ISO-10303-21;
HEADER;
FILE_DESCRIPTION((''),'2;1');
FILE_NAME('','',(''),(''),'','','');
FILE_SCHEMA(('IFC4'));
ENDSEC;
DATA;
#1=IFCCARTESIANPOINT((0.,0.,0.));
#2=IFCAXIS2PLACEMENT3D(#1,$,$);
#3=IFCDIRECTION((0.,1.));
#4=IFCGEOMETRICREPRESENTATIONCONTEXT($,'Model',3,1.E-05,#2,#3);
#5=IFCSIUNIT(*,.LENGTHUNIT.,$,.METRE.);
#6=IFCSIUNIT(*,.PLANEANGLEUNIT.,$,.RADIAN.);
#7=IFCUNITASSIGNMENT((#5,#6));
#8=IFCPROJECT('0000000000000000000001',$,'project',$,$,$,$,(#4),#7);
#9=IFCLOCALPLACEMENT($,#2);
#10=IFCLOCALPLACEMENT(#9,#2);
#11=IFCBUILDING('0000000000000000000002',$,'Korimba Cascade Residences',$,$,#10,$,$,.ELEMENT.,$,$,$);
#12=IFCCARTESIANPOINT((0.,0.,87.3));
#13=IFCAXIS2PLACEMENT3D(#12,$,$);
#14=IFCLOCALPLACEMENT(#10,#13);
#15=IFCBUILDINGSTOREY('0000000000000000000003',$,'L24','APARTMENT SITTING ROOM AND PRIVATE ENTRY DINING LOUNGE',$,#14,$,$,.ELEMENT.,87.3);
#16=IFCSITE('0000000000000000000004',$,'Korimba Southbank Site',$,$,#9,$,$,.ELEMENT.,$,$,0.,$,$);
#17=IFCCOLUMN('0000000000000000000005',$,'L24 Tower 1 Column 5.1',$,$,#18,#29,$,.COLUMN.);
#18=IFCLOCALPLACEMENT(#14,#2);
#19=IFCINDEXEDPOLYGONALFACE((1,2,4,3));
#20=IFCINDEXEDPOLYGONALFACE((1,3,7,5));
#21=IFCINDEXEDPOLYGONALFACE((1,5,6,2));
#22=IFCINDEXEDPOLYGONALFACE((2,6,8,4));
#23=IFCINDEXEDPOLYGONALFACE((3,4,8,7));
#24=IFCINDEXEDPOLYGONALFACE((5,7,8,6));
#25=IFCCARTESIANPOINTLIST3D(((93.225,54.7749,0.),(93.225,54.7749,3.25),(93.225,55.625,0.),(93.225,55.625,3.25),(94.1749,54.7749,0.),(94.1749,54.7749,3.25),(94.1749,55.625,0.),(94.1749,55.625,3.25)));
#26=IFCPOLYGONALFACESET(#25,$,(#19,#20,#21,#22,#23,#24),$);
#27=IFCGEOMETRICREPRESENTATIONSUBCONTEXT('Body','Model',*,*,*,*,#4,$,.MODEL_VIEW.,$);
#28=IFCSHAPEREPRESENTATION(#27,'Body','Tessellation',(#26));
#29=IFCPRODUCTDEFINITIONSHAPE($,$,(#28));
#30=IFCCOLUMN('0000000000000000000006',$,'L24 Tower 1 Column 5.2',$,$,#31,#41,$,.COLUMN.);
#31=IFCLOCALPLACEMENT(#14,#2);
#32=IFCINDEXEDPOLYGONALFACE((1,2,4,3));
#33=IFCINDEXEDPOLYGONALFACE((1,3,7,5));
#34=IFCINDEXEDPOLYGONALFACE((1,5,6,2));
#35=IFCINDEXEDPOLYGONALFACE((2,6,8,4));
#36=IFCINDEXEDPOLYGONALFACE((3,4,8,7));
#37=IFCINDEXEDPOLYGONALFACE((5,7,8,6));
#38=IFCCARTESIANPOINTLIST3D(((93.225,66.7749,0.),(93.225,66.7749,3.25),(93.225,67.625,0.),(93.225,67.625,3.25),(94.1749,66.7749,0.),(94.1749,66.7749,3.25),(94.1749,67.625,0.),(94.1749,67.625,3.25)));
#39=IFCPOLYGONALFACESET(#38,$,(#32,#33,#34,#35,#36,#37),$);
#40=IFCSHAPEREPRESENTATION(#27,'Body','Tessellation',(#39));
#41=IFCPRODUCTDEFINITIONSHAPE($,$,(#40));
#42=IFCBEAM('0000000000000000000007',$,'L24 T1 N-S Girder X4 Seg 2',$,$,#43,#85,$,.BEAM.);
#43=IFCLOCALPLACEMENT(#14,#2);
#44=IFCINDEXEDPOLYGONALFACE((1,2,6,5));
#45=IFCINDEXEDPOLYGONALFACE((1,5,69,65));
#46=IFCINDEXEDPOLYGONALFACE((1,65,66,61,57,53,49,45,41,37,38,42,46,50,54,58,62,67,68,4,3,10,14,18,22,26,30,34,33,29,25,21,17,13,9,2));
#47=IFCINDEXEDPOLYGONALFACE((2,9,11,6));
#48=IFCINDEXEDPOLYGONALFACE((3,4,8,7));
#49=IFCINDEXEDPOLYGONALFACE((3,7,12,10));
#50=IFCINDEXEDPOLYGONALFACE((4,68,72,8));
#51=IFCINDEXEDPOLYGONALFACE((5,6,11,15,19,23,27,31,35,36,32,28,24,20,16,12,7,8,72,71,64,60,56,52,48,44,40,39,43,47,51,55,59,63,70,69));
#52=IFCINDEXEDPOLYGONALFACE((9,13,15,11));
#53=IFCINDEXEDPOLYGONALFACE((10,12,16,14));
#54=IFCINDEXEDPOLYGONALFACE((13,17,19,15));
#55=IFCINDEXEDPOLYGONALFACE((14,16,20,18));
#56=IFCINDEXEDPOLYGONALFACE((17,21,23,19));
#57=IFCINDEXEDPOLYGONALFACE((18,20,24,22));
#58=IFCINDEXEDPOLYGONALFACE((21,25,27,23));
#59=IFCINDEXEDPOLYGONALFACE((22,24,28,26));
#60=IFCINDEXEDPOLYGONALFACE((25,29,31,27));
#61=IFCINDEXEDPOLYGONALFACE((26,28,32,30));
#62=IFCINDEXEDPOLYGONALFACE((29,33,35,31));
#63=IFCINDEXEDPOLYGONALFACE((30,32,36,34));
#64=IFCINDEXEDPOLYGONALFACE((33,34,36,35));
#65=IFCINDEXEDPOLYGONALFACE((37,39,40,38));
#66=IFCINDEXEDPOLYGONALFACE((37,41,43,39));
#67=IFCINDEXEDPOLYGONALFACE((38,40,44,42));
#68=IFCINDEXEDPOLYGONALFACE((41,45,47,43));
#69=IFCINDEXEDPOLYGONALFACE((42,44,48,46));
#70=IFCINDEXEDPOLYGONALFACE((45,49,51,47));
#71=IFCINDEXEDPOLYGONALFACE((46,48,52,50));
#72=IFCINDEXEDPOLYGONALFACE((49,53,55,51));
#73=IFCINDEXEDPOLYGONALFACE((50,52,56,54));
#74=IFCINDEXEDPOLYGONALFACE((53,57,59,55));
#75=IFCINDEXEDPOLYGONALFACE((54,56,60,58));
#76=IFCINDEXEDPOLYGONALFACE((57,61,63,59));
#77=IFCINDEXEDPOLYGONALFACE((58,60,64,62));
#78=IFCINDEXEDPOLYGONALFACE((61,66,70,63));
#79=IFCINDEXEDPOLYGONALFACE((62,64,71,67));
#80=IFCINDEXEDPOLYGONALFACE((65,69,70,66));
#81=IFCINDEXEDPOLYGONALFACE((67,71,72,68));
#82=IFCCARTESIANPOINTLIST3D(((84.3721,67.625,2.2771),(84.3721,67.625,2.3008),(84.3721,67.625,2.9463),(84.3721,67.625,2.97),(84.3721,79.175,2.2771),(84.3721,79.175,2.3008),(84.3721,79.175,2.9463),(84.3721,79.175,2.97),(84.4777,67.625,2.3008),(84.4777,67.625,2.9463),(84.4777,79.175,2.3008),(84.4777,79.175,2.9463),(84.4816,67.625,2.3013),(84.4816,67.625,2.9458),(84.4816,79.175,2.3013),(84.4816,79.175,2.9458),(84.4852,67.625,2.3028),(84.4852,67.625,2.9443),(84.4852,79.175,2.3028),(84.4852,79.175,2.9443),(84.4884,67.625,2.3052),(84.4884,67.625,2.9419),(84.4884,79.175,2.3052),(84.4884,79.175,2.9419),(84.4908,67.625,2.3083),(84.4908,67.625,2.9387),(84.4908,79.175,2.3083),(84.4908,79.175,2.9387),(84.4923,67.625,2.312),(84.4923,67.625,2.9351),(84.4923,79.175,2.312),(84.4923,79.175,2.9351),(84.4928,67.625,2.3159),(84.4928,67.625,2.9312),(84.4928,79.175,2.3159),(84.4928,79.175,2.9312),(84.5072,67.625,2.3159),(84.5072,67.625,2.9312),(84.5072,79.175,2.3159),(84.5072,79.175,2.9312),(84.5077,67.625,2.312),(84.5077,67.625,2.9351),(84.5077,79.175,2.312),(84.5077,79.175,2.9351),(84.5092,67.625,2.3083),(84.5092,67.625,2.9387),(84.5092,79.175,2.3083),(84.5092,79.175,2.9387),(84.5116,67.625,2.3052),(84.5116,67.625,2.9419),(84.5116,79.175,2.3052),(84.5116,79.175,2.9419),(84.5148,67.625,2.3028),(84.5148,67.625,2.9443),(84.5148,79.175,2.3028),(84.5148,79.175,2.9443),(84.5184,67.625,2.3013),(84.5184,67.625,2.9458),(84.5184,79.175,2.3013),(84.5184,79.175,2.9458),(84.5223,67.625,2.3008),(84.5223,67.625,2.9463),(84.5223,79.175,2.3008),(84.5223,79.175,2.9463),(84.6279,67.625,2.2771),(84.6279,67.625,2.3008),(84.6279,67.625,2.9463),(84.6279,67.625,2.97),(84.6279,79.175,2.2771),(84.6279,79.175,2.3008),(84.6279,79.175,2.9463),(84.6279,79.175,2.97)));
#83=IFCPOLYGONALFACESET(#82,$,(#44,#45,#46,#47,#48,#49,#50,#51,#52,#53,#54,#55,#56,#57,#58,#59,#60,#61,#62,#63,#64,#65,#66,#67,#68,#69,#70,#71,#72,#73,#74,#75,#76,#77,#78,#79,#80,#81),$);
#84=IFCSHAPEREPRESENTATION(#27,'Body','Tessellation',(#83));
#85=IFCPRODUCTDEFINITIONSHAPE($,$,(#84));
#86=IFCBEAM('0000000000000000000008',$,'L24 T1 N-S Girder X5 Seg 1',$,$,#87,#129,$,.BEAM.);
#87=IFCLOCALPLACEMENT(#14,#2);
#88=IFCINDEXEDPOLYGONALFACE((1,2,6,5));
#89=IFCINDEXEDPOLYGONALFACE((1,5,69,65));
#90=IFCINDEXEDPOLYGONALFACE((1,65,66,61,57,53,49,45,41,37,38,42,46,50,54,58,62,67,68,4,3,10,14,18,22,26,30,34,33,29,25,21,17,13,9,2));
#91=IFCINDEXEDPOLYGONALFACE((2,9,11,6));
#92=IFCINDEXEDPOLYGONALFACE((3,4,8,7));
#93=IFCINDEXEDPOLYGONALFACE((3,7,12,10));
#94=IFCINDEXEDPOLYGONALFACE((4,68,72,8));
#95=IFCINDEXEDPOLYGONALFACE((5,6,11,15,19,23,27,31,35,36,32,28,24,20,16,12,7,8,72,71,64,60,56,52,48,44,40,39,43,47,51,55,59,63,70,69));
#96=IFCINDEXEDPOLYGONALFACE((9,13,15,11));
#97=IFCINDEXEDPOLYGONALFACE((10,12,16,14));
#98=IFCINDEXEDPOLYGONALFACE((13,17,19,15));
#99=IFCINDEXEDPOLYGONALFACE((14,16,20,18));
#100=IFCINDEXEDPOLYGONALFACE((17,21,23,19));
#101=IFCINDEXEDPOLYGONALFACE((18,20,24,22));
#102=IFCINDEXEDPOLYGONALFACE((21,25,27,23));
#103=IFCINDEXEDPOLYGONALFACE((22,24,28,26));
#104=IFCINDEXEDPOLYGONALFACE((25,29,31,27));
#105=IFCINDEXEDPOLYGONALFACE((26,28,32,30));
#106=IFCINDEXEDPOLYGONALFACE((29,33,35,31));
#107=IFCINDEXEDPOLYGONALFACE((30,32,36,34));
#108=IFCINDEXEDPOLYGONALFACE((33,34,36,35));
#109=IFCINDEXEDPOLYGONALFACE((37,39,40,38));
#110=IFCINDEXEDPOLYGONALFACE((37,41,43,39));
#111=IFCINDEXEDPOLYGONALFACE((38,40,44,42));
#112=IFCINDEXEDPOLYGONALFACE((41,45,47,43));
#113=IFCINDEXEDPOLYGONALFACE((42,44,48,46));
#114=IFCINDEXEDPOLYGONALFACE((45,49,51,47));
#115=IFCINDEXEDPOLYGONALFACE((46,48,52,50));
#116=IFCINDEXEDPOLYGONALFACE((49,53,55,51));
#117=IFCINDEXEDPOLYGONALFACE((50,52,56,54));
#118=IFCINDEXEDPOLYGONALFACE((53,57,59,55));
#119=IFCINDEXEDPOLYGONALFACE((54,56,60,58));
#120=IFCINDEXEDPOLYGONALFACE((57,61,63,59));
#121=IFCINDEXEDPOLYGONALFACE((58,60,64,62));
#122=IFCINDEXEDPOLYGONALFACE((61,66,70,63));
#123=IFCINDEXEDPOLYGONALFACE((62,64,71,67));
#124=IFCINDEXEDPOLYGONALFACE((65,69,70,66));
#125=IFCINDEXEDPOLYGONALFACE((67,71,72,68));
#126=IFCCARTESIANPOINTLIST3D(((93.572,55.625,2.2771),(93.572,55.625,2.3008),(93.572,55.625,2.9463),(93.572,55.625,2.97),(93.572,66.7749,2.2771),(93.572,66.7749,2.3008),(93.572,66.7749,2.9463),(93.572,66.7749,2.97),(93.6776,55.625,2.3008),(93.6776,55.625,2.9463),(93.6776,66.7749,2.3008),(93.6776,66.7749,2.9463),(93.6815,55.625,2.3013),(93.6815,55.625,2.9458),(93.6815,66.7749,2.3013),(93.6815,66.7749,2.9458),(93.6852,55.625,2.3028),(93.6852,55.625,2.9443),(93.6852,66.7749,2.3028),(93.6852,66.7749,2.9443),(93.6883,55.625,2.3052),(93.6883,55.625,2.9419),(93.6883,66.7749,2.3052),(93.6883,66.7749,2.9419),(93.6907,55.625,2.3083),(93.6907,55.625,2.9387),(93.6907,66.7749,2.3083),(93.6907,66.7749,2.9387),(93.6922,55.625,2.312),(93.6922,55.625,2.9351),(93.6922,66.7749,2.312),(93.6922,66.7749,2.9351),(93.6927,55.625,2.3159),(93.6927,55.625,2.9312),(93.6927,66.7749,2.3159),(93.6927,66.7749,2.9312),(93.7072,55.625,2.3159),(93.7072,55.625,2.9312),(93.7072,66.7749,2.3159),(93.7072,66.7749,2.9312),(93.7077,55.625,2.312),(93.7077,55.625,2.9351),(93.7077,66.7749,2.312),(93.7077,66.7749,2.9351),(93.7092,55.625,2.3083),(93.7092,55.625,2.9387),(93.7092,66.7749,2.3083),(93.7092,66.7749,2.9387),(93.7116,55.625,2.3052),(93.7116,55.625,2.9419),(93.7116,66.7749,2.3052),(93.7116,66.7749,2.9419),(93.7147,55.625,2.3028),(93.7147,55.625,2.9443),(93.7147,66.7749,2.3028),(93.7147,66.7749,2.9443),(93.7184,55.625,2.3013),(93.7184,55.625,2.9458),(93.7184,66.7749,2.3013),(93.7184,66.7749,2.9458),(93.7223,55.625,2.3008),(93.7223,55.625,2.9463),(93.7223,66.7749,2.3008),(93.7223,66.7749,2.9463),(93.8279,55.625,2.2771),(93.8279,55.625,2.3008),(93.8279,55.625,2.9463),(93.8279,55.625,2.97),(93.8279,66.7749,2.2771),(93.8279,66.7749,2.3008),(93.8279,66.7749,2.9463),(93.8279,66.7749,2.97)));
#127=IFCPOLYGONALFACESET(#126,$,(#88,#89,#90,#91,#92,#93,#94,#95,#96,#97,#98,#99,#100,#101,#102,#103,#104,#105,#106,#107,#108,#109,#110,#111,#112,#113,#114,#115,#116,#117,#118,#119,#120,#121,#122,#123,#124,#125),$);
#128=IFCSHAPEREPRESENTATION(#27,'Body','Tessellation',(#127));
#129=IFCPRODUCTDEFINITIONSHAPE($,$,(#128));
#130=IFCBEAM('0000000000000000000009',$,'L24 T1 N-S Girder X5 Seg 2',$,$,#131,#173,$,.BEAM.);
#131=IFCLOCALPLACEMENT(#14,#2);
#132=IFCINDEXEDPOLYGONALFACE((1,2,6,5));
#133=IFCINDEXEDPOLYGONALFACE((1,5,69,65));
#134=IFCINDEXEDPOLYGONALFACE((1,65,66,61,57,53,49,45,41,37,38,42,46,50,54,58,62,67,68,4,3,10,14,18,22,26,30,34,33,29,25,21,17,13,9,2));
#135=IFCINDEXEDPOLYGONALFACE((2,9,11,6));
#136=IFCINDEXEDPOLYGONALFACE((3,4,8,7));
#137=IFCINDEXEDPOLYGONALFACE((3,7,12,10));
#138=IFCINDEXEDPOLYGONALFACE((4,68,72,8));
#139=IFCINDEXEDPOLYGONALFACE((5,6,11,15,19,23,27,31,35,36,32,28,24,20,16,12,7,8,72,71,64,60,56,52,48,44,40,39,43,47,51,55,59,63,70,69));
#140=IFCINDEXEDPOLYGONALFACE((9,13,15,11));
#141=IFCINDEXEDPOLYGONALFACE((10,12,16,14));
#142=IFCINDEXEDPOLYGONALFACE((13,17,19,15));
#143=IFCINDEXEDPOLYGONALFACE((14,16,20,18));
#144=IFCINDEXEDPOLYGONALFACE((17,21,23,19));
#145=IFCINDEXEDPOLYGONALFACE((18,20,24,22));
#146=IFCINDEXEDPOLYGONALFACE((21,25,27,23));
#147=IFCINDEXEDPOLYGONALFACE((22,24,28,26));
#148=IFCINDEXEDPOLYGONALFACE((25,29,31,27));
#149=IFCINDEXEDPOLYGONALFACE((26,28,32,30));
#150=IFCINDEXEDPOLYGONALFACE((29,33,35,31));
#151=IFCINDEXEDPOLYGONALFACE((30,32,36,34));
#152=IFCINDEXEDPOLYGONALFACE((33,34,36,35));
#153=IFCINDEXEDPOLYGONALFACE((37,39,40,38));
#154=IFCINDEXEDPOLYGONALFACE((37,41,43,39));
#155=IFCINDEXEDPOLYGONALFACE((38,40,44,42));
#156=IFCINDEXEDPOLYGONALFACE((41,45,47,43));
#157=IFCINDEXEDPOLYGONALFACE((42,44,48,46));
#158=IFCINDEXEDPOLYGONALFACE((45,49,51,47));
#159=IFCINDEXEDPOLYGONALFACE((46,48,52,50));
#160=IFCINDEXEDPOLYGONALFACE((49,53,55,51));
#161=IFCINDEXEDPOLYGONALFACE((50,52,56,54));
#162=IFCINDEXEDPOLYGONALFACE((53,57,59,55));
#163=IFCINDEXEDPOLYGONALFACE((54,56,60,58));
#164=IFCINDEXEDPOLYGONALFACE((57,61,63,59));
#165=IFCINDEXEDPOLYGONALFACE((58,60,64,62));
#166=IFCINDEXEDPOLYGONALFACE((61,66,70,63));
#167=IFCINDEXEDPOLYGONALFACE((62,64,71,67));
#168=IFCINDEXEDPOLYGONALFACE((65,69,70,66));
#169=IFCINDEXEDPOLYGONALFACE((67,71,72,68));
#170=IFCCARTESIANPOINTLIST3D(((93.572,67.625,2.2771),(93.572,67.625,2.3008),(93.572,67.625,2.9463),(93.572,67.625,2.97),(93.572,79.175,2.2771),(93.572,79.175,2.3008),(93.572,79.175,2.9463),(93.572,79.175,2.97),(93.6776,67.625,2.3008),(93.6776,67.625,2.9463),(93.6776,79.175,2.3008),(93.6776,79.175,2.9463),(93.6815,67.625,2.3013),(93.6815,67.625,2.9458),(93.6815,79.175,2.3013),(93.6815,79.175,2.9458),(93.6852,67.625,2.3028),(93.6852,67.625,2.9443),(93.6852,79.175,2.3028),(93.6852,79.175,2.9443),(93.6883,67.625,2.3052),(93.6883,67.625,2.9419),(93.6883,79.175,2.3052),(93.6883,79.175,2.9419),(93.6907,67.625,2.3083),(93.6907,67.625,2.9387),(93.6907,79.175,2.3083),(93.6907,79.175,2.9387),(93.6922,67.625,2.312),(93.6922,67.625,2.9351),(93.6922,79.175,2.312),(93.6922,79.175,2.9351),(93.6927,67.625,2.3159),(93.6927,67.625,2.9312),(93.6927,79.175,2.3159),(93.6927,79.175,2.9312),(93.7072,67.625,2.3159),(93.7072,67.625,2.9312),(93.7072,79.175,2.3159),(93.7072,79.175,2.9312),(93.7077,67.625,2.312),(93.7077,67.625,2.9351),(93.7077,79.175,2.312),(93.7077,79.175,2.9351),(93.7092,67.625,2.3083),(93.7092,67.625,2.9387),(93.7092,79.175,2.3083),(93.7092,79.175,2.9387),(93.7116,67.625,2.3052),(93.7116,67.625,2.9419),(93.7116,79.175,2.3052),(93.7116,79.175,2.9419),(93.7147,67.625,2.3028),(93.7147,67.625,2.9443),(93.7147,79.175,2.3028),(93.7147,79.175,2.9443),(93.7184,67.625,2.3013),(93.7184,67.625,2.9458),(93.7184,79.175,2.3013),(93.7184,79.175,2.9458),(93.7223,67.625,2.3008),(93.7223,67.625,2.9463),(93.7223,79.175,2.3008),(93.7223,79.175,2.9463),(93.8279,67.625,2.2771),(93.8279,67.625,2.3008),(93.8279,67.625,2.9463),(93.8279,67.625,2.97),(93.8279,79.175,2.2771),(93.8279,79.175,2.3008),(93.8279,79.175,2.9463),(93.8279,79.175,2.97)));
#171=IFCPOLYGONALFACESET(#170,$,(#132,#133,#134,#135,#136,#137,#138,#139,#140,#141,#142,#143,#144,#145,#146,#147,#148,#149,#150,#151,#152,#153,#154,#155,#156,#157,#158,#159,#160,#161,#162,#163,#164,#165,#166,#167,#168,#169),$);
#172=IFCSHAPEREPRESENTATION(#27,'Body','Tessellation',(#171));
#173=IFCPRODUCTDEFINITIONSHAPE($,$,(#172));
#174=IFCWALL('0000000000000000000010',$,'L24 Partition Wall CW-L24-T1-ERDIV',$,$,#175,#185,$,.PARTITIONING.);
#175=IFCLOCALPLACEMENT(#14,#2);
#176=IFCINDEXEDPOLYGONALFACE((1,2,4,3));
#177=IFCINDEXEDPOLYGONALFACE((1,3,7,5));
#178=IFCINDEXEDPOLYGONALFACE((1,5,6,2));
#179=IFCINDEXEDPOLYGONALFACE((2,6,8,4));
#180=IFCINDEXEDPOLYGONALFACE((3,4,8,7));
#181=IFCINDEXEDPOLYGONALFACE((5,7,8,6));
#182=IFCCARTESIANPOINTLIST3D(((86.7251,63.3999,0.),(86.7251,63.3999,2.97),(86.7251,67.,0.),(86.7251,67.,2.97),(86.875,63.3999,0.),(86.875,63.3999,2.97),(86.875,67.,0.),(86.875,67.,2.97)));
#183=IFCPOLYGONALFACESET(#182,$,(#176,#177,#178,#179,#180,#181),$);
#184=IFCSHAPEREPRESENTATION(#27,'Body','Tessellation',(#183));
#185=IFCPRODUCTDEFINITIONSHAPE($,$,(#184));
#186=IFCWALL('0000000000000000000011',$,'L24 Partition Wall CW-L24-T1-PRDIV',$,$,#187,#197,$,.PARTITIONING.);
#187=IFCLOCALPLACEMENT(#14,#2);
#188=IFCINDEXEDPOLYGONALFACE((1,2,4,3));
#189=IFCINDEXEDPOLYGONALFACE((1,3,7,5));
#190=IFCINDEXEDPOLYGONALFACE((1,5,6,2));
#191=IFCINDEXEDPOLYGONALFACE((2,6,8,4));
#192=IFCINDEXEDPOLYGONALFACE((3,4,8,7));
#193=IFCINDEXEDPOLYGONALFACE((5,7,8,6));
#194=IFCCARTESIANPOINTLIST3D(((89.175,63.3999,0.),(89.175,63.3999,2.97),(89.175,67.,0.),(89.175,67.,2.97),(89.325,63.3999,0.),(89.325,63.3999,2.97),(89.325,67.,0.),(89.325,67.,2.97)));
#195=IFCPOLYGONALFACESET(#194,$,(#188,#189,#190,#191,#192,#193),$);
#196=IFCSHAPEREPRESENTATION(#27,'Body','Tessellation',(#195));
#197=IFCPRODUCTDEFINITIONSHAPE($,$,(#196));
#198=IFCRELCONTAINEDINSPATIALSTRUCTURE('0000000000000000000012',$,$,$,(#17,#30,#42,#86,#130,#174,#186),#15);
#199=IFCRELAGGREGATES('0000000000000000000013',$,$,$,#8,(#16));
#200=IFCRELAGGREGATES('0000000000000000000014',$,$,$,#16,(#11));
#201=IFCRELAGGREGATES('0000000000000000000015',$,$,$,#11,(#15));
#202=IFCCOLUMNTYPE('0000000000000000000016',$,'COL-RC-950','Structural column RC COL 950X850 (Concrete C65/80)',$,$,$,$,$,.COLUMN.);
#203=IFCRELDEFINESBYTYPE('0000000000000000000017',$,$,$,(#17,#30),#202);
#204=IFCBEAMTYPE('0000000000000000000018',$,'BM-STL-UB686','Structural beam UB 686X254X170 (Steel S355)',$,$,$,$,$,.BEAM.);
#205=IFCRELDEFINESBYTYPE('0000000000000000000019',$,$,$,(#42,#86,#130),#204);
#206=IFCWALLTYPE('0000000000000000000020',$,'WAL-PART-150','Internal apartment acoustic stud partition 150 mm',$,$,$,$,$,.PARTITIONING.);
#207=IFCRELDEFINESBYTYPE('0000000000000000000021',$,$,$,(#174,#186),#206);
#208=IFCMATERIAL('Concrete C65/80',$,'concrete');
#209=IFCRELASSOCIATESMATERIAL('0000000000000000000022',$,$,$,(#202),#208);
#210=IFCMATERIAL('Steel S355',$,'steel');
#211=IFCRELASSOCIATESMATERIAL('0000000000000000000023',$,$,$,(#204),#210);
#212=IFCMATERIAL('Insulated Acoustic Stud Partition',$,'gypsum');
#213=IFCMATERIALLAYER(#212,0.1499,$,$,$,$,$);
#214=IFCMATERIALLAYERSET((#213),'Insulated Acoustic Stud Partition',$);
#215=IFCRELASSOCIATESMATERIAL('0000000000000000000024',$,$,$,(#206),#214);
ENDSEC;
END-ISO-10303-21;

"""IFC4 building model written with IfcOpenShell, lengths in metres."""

from ifc_helpers import new_model, si_unit, direction, frame, frame_2d, origin, origin_2d, place, context, subcontext, project, spatial, rectangle, i_section, extrude, material, layer, layer_set, material_profile, profile_set, type_object, element, save


model = new_model("IFC4")

# Units and contexts
model_context = context("Model", 3, precision=1e-05, world=origin(), true_north=direction((0.0, 1.0)))
body_context = subcontext(model_context, "Body", "Model", "MODEL_VIEW")
ifc_project = project(units=[si_unit("LENGTHUNIT", "METRE"), si_unit("PLANEANGLEUNIT", "RADIAN")], contexts=[model_context])

# Site, building, storey
site_placement = place(None, origin())
site = spatial("IfcSite", under=ifc_project, at=site_placement, Name="Korimba Southbank Site", CompositionType="ELEMENT", RefElevation=0.0)
building_placement = place(site_placement, origin())
building = spatial("IfcBuilding", under=site, at=building_placement, Name="Korimba Cascade Residences", CompositionType="ELEMENT")
storey_placement = place(building_placement, frame((0.0, 0.0, 87.3)))
storey = spatial("IfcBuildingStorey", under=building, at=storey_placement, Name="L24", Description="APARTMENT SITTING ROOM AND PRIVATE ENTRY DINING LOUNGE", CompositionType="ELEMENT", Elevation=87.3)

# Columns
ifc_material_1 = material(Name="Concrete C65/80", Category="concrete")
ifc_material_profile_1 = material_profile(ifc_material_1, rectangle(XDim=0.95, YDim=0.8501, at=origin_2d()), Name="Concrete C65/80")
ifc_profile_set_1 = profile_set([ifc_material_profile_1], Name="Concrete C65/80")
column_type = type_object("IfcColumnType", Name="COL-RC-950", Description="Structural column RC COL 950X850 (Concrete C65/80)", PredefinedType="COLUMN", material=ifc_profile_set_1)
for number, where, z_axis, x_axis, name in (
    (1, (93.7, 55.2, 0.0), (0.0, 0.0, 1.0), (1.0, 0.0, 0.0), "L24 Tower 1 Column 5.1"),
    (2, (93.7, 67.2, 0.0), (0.0, 0.0, 1.0), (1.0, 0.0, 0.0), "L24 Tower 1 Column 5.2"),
):
    element("IfcColumn", number, at=place(storey_placement, frame(where, z_axis=z_axis, x_axis=x_axis)), inside=storey, type_object=column_type, Name=name, PredefinedType="COLUMN", context=body_context, shape_type="SweptSolid", body=[
        extrude(rectangle(XDim=0.95, YDim=0.8501, at=origin_2d()), origin(), (0.0, 0.0, 1.0), 3.25),
    ])

# Beams
ifc_material_2 = material(Name="Steel S355", Category="steel")
ifc_material_profile_2 = material_profile(ifc_material_2, i_section(OverallWidth=0.2559, OverallDepth=0.6929, WebThickness=0.0144, FlangeThickness=0.0237, FilletRadius=0.0151, at=origin_2d()), Name="Steel S355")
ifc_profile_set_2 = profile_set([ifc_material_profile_2], Name="Steel S355")
beam_type = type_object("IfcBeamType", Name="BM-STL-UB686", Description="Structural beam UB 686X254X170 (Steel S355)", PredefinedType="BEAM", material=ifc_profile_set_2)
beam_1_placement = place(storey_placement, frame((84.5, 67.625, 2.6235), z_axis=(0.0, 1.0, 0.0), x_axis=(-1.0, 0.0, 0.0)))
element("IfcBeam", 3, at=beam_1_placement, inside=storey, type_object=beam_type, Name="L24 T1 N-S Girder X4 Seg 2", PredefinedType="BEAM", context=body_context, shape_type="SweptSolid", body=[
    extrude(i_section(OverallWidth=0.2559, OverallDepth=0.6929, WebThickness=0.0144, FlangeThickness=0.0237, FilletRadius=0.0151, at=origin_2d()), origin(), (0.0, 0.0, 1.0), 11.55),
])
beam_2_placement = place(storey_placement, frame((93.7, 55.625, 2.6235), z_axis=(0.0, 1.0, 0.0), x_axis=(-1.0, 0.0, 0.0)))
element("IfcBeam", 4, at=beam_2_placement, inside=storey, type_object=beam_type, Name="L24 T1 N-S Girder X5 Seg 1", PredefinedType="BEAM", context=body_context, shape_type="SweptSolid", body=[
    extrude(i_section(OverallWidth=0.2559, OverallDepth=0.6929, WebThickness=0.0144, FlangeThickness=0.0237, FilletRadius=0.0151, at=origin_2d()), origin(), (0.0, 0.0, 1.0), 11.1499),
])
beam_3_placement = place(storey_placement, frame((93.7, 67.625, 2.6235), z_axis=(0.0, 1.0, 0.0), x_axis=(-1.0, 0.0, 0.0)))
element("IfcBeam", 5, at=beam_3_placement, inside=storey, type_object=beam_type, Name="L24 T1 N-S Girder X5 Seg 2", PredefinedType="BEAM", context=body_context, shape_type="SweptSolid", body=[
    extrude(i_section(OverallWidth=0.2559, OverallDepth=0.6929, WebThickness=0.0144, FlangeThickness=0.0237, FilletRadius=0.0151, at=origin_2d()), origin(), (0.0, 0.0, 1.0), 11.55),
])

# Walls
ifc_material_3 = material(Name="Insulated Acoustic Stud Partition", Category="gypsum")
ifc_layer_1 = layer(ifc_material_3, 0.1499)
ifc_layer_set_1 = layer_set([ifc_layer_1], Name="Insulated Acoustic Stud Partition")
wall_type_1 = type_object("IfcWallType", Name="WAL-PART-150", Description="Internal apartment acoustic stud partition 150 mm", PredefinedType="PARTITIONING", material=ifc_layer_set_1)
for number, where, z_axis, x_axis, name in (
    (6, (86.8, 63.3999, 0.0), (0.0, 0.0, 1.0), (0.0, 1.0, 0.0), "L24 Partition Wall CW-L24-T1-ERDIV"),
    (7, (89.25, 63.3999, 0.0), (0.0, 0.0, 1.0), (0.0, 1.0, 0.0), "L24 Partition Wall CW-L24-T1-PRDIV"),
):
    element("IfcWall", number, at=place(storey_placement, frame(where, z_axis=z_axis, x_axis=x_axis)), inside=storey, type_object=wall_type_1, Name=name, PredefinedType="PARTITIONING", context=body_context, shape_type="SweptSolid", body=[
        extrude(rectangle(XDim=3.6001, YDim=0.1499, at=frame_2d((1.8, 0.0))), origin(), (0.0, 0.0, 1.0), 2.97),
    ])

save(model, "model.ifc")
